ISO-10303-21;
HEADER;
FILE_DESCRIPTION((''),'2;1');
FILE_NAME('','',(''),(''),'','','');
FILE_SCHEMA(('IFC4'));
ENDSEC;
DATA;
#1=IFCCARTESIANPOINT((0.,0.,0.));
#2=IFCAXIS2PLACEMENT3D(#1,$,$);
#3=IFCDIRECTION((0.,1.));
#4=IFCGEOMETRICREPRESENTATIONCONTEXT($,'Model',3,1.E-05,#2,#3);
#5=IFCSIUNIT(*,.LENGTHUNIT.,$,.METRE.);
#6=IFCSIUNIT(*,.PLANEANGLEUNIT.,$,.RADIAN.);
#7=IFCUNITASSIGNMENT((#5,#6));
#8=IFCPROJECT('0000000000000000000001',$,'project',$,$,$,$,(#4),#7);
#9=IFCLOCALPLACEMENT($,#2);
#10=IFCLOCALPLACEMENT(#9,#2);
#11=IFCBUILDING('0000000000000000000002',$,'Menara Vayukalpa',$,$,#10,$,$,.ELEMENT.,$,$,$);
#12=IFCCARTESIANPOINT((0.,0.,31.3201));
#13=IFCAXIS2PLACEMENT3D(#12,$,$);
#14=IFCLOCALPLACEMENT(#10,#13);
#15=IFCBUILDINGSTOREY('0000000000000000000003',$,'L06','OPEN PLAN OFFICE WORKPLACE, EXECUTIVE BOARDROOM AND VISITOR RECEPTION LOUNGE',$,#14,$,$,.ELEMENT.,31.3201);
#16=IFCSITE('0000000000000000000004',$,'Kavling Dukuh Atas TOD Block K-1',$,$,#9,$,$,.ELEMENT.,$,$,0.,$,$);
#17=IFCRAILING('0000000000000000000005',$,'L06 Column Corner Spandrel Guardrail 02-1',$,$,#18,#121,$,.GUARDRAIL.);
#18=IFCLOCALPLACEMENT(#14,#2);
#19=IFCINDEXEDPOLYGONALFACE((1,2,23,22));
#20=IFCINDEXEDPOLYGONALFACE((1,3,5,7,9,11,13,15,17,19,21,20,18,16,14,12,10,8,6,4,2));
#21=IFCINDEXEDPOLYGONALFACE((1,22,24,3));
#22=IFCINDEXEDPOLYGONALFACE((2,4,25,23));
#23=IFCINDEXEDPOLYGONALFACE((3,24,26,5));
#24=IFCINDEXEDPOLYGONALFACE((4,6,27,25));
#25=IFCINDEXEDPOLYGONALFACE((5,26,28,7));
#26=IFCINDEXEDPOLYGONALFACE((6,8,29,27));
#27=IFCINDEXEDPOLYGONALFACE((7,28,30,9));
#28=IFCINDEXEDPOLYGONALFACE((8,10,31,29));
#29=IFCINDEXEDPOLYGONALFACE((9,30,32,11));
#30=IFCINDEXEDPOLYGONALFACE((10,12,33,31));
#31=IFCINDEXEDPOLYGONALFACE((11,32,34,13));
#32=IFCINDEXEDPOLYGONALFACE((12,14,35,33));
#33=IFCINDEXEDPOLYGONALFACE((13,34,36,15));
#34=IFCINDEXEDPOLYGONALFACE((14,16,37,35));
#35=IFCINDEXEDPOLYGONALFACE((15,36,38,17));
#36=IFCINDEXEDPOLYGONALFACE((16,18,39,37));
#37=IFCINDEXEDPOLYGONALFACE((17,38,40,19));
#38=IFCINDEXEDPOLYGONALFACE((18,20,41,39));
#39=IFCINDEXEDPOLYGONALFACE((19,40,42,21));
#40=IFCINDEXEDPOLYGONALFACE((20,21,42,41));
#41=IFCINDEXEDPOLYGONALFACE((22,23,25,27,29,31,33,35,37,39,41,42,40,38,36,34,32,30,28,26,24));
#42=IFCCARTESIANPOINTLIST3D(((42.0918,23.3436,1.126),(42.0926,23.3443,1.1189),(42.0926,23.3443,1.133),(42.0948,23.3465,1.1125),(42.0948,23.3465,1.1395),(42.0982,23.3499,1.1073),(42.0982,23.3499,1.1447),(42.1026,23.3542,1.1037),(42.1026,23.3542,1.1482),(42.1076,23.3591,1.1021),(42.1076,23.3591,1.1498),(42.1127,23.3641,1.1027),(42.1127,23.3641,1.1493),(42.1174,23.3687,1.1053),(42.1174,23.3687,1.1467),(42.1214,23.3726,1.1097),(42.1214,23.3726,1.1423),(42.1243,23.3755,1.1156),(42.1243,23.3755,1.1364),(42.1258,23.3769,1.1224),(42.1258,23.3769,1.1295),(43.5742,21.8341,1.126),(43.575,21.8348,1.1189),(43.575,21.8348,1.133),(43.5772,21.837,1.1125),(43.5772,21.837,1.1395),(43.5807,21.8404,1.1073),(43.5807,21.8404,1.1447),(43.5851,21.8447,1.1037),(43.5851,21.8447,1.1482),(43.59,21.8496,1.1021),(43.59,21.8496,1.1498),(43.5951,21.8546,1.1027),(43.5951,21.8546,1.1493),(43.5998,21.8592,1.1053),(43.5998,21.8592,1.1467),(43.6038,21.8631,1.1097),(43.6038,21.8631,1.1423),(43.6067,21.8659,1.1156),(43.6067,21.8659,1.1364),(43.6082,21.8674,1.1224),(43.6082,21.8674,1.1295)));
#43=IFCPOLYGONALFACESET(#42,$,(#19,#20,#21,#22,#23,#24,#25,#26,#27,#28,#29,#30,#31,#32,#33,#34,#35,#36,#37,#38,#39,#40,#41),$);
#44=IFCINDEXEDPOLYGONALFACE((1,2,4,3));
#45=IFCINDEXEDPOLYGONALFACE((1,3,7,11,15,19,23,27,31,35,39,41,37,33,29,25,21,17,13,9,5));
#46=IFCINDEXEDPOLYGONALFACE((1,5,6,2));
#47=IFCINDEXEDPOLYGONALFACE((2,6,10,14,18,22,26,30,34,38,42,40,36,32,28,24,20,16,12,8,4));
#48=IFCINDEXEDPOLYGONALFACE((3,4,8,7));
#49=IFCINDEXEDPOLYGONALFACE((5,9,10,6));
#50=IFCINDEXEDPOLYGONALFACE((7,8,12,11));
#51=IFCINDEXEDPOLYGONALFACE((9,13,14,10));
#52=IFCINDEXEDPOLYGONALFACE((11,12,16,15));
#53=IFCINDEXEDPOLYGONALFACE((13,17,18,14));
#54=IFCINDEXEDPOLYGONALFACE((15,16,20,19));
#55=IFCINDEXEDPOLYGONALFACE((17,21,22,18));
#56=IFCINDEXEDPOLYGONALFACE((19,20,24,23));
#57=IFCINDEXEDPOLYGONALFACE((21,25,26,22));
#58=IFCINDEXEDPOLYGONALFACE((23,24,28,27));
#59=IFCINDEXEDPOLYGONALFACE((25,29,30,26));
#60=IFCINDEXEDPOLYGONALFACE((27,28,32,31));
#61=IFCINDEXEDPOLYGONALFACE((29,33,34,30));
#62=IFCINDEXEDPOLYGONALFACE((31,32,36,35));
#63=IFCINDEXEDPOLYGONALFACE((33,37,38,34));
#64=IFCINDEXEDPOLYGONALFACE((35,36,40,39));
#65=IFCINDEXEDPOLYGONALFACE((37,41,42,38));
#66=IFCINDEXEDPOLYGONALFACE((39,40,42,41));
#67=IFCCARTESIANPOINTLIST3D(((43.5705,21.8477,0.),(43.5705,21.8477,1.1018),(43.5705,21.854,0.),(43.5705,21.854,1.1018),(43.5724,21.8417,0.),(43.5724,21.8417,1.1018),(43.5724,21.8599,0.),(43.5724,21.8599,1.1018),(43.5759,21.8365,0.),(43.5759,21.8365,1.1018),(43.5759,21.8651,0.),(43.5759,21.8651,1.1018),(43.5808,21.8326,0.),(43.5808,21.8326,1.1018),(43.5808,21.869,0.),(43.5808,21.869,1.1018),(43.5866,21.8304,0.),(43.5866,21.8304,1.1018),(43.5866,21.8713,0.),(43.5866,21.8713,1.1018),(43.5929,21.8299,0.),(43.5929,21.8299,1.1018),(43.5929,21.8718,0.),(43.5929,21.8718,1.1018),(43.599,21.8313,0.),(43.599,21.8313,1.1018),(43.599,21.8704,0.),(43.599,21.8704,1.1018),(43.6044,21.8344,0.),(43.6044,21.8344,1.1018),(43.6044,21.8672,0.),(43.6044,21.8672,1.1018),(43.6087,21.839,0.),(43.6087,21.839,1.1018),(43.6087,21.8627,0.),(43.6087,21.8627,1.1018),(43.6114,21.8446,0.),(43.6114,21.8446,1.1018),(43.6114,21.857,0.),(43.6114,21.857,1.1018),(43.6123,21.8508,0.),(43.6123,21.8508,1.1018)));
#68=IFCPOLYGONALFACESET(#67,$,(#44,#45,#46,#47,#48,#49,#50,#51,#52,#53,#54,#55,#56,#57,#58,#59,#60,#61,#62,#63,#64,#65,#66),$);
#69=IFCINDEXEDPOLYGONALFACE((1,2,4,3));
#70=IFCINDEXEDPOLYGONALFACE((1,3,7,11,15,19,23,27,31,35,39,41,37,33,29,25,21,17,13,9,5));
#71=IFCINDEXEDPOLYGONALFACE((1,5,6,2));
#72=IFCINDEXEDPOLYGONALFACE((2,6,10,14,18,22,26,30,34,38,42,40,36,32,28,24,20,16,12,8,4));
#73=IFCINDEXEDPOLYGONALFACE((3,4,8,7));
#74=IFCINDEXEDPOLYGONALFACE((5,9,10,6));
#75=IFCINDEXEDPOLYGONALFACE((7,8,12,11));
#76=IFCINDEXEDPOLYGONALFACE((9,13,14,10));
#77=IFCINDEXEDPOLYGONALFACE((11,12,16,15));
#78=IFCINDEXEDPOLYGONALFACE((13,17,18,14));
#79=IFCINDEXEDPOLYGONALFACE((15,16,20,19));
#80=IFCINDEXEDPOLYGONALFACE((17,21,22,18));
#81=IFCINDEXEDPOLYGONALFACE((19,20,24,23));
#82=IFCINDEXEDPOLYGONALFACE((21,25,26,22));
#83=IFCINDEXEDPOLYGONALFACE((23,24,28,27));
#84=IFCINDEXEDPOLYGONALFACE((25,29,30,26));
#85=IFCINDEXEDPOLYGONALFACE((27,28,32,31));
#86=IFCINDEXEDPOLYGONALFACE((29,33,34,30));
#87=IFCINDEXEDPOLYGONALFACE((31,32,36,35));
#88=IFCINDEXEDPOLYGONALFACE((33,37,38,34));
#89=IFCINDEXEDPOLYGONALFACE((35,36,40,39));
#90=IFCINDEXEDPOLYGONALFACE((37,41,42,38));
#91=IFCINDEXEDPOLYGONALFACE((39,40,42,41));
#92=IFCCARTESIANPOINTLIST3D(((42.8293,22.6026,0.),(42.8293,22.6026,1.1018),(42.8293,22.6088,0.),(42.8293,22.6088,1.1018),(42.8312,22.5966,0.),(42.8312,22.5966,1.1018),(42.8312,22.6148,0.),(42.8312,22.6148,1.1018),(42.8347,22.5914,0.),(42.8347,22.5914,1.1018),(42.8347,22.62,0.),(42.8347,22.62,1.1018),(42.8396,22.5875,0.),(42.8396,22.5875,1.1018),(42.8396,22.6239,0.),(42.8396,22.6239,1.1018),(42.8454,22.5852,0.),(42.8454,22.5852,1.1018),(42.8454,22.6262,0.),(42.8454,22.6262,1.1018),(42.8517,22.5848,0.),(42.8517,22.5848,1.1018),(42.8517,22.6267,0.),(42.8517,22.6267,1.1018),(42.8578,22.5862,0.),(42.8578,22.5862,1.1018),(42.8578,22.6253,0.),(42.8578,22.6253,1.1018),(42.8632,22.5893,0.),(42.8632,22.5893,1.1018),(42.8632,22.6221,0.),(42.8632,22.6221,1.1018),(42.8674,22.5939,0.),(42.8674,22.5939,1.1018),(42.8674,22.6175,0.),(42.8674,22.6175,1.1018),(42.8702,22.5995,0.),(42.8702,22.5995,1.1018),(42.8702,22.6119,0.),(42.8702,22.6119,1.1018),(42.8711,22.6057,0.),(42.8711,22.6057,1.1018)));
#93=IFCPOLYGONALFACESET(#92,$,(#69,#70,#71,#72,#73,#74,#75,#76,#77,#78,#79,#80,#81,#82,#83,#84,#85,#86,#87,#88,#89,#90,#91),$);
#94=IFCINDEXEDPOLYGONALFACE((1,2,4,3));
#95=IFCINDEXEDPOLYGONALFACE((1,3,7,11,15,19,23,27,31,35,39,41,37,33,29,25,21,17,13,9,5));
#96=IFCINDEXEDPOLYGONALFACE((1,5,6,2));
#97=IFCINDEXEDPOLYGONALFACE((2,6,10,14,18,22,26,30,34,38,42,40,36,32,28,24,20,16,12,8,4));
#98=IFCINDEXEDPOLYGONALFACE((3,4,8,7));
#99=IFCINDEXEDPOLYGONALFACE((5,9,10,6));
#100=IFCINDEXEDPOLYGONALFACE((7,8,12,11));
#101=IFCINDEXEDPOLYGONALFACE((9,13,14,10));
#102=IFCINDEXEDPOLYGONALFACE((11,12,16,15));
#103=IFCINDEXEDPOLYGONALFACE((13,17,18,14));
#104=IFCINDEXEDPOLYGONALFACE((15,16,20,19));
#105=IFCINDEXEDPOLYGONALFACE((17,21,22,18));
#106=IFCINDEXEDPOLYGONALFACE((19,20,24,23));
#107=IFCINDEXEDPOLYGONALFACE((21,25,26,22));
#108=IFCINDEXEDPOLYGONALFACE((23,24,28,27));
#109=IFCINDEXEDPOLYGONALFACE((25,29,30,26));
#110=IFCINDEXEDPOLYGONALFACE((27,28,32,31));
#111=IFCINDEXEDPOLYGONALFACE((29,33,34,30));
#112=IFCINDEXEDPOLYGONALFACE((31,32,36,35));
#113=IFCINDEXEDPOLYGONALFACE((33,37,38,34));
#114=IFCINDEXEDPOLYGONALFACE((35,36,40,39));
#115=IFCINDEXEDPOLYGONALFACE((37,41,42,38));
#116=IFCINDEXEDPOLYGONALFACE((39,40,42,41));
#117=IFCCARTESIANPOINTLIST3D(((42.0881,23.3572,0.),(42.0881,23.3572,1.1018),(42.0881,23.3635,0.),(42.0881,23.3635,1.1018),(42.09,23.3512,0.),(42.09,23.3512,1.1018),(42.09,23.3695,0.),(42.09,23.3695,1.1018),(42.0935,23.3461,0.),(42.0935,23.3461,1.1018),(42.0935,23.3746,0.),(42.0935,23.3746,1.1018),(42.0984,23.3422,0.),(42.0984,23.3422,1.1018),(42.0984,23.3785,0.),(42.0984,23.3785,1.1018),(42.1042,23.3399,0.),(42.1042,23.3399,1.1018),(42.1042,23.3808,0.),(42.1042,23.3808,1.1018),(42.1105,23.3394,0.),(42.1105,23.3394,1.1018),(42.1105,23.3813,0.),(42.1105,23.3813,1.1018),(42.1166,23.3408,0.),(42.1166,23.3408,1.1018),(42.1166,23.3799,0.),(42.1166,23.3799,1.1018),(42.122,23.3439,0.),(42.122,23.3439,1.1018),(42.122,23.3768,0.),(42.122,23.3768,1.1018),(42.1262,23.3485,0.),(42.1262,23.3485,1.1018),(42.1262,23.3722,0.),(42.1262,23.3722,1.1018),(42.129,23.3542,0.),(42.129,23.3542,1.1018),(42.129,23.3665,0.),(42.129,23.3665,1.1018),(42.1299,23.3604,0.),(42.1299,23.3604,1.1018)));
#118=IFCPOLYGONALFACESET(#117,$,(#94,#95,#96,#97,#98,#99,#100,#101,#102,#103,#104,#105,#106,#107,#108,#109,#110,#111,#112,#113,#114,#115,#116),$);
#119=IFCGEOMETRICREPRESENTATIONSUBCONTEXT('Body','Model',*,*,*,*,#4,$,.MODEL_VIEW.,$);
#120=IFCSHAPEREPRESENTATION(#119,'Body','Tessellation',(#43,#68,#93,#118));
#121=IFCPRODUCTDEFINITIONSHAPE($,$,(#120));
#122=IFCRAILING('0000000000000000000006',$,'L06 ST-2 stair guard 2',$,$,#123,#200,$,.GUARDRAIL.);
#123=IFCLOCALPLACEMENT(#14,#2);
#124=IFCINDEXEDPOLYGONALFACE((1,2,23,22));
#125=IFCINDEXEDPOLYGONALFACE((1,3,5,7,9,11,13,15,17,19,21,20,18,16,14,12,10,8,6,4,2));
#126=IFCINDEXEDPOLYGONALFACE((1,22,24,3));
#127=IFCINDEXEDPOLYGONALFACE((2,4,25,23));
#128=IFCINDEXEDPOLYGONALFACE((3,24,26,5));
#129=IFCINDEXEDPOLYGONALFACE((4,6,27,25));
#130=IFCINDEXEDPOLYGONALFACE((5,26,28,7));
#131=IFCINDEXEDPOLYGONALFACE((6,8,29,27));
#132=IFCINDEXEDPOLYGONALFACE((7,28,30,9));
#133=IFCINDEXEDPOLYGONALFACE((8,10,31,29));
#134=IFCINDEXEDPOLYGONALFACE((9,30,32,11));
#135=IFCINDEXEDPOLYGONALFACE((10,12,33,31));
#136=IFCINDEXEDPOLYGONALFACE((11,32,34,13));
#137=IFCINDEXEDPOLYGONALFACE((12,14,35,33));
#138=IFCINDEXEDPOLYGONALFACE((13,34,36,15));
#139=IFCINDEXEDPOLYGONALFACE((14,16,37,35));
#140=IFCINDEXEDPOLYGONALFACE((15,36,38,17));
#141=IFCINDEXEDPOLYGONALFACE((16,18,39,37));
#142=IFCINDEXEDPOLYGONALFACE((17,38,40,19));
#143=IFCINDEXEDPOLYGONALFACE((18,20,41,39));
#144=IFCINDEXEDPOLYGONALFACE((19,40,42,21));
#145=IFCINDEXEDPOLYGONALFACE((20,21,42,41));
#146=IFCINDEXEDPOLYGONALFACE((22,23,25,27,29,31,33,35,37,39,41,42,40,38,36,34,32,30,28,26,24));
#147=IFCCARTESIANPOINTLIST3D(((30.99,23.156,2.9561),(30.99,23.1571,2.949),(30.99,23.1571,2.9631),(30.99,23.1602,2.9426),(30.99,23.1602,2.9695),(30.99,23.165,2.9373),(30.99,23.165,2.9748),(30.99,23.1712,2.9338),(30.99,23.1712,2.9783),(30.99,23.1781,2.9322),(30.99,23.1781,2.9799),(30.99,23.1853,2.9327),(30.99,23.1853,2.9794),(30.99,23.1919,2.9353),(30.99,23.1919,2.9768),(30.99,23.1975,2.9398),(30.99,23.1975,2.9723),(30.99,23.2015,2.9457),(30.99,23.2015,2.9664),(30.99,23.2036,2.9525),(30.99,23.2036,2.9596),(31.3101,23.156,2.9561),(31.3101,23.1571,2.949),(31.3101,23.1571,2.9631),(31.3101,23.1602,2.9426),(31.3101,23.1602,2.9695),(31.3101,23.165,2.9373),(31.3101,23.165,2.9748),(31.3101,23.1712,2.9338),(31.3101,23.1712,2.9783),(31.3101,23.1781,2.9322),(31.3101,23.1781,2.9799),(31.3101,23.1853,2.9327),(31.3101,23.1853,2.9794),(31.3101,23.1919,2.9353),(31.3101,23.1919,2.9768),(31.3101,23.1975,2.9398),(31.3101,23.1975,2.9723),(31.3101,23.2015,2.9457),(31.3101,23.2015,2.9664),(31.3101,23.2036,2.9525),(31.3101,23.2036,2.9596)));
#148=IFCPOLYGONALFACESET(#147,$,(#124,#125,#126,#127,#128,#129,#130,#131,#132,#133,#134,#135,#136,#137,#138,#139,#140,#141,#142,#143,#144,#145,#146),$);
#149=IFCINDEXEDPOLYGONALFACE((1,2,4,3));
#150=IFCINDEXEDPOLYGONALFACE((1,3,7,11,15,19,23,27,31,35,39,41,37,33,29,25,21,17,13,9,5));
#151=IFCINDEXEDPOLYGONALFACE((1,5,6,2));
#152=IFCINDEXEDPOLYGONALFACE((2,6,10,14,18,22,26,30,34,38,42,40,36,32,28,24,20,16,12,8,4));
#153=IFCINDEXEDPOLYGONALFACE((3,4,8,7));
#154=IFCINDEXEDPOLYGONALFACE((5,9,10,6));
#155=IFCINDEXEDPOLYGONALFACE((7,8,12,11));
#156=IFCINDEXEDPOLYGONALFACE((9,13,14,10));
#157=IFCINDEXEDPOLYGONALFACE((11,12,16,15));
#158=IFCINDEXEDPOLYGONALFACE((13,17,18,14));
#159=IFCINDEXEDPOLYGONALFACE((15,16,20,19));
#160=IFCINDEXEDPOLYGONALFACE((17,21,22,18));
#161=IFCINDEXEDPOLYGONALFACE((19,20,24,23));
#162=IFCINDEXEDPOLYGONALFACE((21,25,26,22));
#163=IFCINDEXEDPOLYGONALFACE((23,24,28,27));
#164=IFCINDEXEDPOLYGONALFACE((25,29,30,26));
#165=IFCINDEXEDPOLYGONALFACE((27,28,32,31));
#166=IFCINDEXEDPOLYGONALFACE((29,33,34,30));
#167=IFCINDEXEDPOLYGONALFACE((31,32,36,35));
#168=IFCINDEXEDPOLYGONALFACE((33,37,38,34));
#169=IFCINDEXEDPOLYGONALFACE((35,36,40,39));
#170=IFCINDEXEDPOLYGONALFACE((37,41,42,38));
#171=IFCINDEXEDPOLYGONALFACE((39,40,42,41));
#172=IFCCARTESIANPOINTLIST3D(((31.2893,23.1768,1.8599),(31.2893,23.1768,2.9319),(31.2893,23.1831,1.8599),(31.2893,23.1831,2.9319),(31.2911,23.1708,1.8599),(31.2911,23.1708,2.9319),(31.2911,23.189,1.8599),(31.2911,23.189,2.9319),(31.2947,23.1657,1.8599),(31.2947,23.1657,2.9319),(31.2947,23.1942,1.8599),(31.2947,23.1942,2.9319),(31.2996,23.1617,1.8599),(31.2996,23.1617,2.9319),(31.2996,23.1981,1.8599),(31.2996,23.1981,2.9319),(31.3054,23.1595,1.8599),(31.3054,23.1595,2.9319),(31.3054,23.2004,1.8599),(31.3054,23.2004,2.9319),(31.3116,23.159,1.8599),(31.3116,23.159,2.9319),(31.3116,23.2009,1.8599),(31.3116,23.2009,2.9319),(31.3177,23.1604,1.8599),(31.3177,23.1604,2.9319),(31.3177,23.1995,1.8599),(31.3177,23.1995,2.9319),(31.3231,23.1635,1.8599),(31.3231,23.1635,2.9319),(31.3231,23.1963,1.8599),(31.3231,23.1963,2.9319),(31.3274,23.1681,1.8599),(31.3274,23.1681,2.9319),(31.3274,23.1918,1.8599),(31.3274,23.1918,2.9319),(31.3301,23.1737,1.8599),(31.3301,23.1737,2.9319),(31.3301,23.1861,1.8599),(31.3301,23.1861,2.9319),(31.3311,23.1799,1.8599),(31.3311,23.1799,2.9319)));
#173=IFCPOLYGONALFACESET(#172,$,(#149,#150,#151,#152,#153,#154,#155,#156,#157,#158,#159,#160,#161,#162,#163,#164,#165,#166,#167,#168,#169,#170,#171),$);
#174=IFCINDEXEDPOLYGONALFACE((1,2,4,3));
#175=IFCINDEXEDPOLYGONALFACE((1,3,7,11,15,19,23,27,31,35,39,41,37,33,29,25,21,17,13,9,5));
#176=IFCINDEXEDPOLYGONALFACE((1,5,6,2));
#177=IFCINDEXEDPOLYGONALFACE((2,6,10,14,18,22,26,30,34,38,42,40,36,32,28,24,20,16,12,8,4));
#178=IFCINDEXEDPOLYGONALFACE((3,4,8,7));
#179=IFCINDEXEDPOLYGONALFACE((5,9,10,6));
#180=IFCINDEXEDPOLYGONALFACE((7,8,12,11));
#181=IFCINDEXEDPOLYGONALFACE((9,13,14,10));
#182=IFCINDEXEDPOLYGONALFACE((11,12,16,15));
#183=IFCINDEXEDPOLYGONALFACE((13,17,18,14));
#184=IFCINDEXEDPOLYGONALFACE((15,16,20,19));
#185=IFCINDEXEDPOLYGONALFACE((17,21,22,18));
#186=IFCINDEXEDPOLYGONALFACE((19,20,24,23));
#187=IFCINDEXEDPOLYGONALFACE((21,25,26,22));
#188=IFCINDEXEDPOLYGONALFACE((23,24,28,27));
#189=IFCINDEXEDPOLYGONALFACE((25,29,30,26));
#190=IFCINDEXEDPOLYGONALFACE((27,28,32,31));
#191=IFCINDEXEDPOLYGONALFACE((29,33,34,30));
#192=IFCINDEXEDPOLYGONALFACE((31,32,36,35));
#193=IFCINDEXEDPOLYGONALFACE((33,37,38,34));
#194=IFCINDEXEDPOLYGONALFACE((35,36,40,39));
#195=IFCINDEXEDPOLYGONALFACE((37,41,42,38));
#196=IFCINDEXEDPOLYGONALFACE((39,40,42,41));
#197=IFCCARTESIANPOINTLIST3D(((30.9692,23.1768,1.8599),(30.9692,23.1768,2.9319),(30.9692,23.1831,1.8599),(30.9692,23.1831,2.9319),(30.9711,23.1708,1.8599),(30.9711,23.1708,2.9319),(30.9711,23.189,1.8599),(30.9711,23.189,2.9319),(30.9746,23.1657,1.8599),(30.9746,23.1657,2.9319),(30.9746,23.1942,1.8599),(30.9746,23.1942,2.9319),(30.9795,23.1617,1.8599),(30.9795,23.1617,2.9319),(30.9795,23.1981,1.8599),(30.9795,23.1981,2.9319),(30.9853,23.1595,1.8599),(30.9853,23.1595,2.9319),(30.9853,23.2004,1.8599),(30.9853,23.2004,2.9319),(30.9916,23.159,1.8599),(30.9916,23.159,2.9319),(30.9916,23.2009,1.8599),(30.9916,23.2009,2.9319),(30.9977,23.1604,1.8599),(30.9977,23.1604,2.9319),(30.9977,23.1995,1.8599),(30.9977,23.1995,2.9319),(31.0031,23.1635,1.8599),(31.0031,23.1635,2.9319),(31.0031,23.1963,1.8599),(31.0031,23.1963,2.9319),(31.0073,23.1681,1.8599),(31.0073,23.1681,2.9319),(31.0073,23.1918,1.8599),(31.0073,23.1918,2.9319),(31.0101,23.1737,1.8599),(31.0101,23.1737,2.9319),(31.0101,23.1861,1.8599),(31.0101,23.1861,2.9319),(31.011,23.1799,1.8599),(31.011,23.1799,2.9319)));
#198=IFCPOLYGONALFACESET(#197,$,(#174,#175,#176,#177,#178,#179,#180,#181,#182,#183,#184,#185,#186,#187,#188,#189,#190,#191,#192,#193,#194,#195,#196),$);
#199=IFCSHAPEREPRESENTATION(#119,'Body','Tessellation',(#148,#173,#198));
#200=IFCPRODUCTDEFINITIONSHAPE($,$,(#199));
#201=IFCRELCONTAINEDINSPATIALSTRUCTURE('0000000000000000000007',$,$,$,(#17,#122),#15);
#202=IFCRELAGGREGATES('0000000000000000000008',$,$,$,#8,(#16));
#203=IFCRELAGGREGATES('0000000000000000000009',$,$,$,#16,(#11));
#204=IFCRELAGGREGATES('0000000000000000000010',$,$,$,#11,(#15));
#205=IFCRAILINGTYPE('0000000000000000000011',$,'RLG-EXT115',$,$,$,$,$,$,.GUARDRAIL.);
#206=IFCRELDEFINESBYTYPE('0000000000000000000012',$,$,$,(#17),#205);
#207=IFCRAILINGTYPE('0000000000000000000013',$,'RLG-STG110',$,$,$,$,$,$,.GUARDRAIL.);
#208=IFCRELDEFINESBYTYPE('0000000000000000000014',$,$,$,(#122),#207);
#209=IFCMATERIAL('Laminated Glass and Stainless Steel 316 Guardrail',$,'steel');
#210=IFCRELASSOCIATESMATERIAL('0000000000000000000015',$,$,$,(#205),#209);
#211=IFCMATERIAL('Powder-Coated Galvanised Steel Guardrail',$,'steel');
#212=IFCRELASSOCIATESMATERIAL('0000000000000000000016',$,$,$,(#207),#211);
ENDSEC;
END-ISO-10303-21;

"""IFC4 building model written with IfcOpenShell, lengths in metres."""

from ifc_helpers import new_model, si_unit, direction, frame, origin, origin_2d, place, context, subcontext, project, spatial, circle, extrude, material, type_object, element, save


model = new_model("IFC4")

# Units and contexts
model_context = context("Model", 3, precision=1e-05, world=origin(), true_north=direction((0.0, 1.0)))
body_context = subcontext(model_context, "Body", "Model", "MODEL_VIEW")
ifc_project = project(units=[si_unit("LENGTHUNIT", "METRE"), si_unit("PLANEANGLEUNIT", "RADIAN")], contexts=[model_context])

# Site, building, storey
site_placement = place(None, origin())
site = spatial("IfcSite", under=ifc_project, at=site_placement, Name="Kavling Dukuh Atas TOD Block K-1", CompositionType="ELEMENT", RefElevation=0.0)
building_placement = place(site_placement, origin())
building = spatial("IfcBuilding", under=site, at=building_placement, Name="Menara Vayukalpa", CompositionType="ELEMENT")
storey_placement = place(building_placement, frame((0.0, 0.0, 31.3201)))
storey = spatial("IfcBuildingStorey", under=building, at=storey_placement, Name="L06", Description="OPEN PLAN OFFICE WORKPLACE, EXECUTIVE BOARDROOM AND VISITOR RECEPTION LOUNGE", CompositionType="ELEMENT", Elevation=31.3201)

# Railings
ifc_material_1 = material(Name="Laminated Glass and Stainless Steel 316 Guardrail", Category="steel")
railing_type_1 = type_object("IfcRailingType", Name="RLG-EXT115", PredefinedType="GUARDRAIL", material=ifc_material_1)
railing_1_placement = place(storey_placement, frame((43.5913, 21.8508, 0.0)))
element("IfcRailing", 1, at=railing_1_placement, inside=storey, type_object=railing_type_1, Name="L06 Column Corner Spandrel Guardrail 02-1", PredefinedType="GUARDRAIL", context=body_context, shape_type="SweptSolid", body=[
    extrude(circle(Radius=0.0239, at=origin_2d()), frame((0.0, 0.0, 1.126), z_axis=(-0.700673, 0.713482, 0.0), x_axis=(-0.713482, -0.700673, 0.0)), (0.0, 0.0, 1.0), 2.1157),
    extrude(circle(Radius=0.021, at=origin_2d()), origin(), (0.0, 0.0, 1.0), 1.1018),
    extrude(circle(Radius=0.021, at=origin_2d()), frame((-0.7412, 0.7549, 0.0)), (0.0, 0.0, 1.0), 1.1018),
    extrude(circle(Radius=0.021, at=origin_2d()), frame((-1.4824, 1.5095, 0.0)), (0.0, 0.0, 1.0), 1.1018),
])
ifc_material_2 = material(Name="Powder-Coated Galvanised Steel Guardrail", Category="steel")
railing_type_2 = type_object("IfcRailingType", Name="RLG-STG110", PredefinedType="GUARDRAIL", material=ifc_material_2)
railing_2_placement = place(storey_placement, frame((31.3101, 23.1799, 1.8599)))
element("IfcRailing", 2, at=railing_2_placement, inside=storey, type_object=railing_type_2, Name="L06 ST-2 stair guard 2", PredefinedType="GUARDRAIL", context=body_context, shape_type="SweptSolid", body=[
    extrude(circle(Radius=0.0239, at=origin_2d()), frame((0.0, 0.0, 1.0962), z_axis=(-1.0, 0.0, 0.0), x_axis=(0.0, -1.0, 0.0)), (0.0, 0.0, 1.0), 0.3201),
    extrude(circle(Radius=0.021, at=origin_2d()), origin(), (0.0, 0.0, 1.0), 1.072),
    extrude(circle(Radius=0.021, at=origin_2d()), frame((-0.3201, 0.0, 0.0)), (0.0, 0.0, 1.0), 1.072),
])

save(model, "model.ifc")
